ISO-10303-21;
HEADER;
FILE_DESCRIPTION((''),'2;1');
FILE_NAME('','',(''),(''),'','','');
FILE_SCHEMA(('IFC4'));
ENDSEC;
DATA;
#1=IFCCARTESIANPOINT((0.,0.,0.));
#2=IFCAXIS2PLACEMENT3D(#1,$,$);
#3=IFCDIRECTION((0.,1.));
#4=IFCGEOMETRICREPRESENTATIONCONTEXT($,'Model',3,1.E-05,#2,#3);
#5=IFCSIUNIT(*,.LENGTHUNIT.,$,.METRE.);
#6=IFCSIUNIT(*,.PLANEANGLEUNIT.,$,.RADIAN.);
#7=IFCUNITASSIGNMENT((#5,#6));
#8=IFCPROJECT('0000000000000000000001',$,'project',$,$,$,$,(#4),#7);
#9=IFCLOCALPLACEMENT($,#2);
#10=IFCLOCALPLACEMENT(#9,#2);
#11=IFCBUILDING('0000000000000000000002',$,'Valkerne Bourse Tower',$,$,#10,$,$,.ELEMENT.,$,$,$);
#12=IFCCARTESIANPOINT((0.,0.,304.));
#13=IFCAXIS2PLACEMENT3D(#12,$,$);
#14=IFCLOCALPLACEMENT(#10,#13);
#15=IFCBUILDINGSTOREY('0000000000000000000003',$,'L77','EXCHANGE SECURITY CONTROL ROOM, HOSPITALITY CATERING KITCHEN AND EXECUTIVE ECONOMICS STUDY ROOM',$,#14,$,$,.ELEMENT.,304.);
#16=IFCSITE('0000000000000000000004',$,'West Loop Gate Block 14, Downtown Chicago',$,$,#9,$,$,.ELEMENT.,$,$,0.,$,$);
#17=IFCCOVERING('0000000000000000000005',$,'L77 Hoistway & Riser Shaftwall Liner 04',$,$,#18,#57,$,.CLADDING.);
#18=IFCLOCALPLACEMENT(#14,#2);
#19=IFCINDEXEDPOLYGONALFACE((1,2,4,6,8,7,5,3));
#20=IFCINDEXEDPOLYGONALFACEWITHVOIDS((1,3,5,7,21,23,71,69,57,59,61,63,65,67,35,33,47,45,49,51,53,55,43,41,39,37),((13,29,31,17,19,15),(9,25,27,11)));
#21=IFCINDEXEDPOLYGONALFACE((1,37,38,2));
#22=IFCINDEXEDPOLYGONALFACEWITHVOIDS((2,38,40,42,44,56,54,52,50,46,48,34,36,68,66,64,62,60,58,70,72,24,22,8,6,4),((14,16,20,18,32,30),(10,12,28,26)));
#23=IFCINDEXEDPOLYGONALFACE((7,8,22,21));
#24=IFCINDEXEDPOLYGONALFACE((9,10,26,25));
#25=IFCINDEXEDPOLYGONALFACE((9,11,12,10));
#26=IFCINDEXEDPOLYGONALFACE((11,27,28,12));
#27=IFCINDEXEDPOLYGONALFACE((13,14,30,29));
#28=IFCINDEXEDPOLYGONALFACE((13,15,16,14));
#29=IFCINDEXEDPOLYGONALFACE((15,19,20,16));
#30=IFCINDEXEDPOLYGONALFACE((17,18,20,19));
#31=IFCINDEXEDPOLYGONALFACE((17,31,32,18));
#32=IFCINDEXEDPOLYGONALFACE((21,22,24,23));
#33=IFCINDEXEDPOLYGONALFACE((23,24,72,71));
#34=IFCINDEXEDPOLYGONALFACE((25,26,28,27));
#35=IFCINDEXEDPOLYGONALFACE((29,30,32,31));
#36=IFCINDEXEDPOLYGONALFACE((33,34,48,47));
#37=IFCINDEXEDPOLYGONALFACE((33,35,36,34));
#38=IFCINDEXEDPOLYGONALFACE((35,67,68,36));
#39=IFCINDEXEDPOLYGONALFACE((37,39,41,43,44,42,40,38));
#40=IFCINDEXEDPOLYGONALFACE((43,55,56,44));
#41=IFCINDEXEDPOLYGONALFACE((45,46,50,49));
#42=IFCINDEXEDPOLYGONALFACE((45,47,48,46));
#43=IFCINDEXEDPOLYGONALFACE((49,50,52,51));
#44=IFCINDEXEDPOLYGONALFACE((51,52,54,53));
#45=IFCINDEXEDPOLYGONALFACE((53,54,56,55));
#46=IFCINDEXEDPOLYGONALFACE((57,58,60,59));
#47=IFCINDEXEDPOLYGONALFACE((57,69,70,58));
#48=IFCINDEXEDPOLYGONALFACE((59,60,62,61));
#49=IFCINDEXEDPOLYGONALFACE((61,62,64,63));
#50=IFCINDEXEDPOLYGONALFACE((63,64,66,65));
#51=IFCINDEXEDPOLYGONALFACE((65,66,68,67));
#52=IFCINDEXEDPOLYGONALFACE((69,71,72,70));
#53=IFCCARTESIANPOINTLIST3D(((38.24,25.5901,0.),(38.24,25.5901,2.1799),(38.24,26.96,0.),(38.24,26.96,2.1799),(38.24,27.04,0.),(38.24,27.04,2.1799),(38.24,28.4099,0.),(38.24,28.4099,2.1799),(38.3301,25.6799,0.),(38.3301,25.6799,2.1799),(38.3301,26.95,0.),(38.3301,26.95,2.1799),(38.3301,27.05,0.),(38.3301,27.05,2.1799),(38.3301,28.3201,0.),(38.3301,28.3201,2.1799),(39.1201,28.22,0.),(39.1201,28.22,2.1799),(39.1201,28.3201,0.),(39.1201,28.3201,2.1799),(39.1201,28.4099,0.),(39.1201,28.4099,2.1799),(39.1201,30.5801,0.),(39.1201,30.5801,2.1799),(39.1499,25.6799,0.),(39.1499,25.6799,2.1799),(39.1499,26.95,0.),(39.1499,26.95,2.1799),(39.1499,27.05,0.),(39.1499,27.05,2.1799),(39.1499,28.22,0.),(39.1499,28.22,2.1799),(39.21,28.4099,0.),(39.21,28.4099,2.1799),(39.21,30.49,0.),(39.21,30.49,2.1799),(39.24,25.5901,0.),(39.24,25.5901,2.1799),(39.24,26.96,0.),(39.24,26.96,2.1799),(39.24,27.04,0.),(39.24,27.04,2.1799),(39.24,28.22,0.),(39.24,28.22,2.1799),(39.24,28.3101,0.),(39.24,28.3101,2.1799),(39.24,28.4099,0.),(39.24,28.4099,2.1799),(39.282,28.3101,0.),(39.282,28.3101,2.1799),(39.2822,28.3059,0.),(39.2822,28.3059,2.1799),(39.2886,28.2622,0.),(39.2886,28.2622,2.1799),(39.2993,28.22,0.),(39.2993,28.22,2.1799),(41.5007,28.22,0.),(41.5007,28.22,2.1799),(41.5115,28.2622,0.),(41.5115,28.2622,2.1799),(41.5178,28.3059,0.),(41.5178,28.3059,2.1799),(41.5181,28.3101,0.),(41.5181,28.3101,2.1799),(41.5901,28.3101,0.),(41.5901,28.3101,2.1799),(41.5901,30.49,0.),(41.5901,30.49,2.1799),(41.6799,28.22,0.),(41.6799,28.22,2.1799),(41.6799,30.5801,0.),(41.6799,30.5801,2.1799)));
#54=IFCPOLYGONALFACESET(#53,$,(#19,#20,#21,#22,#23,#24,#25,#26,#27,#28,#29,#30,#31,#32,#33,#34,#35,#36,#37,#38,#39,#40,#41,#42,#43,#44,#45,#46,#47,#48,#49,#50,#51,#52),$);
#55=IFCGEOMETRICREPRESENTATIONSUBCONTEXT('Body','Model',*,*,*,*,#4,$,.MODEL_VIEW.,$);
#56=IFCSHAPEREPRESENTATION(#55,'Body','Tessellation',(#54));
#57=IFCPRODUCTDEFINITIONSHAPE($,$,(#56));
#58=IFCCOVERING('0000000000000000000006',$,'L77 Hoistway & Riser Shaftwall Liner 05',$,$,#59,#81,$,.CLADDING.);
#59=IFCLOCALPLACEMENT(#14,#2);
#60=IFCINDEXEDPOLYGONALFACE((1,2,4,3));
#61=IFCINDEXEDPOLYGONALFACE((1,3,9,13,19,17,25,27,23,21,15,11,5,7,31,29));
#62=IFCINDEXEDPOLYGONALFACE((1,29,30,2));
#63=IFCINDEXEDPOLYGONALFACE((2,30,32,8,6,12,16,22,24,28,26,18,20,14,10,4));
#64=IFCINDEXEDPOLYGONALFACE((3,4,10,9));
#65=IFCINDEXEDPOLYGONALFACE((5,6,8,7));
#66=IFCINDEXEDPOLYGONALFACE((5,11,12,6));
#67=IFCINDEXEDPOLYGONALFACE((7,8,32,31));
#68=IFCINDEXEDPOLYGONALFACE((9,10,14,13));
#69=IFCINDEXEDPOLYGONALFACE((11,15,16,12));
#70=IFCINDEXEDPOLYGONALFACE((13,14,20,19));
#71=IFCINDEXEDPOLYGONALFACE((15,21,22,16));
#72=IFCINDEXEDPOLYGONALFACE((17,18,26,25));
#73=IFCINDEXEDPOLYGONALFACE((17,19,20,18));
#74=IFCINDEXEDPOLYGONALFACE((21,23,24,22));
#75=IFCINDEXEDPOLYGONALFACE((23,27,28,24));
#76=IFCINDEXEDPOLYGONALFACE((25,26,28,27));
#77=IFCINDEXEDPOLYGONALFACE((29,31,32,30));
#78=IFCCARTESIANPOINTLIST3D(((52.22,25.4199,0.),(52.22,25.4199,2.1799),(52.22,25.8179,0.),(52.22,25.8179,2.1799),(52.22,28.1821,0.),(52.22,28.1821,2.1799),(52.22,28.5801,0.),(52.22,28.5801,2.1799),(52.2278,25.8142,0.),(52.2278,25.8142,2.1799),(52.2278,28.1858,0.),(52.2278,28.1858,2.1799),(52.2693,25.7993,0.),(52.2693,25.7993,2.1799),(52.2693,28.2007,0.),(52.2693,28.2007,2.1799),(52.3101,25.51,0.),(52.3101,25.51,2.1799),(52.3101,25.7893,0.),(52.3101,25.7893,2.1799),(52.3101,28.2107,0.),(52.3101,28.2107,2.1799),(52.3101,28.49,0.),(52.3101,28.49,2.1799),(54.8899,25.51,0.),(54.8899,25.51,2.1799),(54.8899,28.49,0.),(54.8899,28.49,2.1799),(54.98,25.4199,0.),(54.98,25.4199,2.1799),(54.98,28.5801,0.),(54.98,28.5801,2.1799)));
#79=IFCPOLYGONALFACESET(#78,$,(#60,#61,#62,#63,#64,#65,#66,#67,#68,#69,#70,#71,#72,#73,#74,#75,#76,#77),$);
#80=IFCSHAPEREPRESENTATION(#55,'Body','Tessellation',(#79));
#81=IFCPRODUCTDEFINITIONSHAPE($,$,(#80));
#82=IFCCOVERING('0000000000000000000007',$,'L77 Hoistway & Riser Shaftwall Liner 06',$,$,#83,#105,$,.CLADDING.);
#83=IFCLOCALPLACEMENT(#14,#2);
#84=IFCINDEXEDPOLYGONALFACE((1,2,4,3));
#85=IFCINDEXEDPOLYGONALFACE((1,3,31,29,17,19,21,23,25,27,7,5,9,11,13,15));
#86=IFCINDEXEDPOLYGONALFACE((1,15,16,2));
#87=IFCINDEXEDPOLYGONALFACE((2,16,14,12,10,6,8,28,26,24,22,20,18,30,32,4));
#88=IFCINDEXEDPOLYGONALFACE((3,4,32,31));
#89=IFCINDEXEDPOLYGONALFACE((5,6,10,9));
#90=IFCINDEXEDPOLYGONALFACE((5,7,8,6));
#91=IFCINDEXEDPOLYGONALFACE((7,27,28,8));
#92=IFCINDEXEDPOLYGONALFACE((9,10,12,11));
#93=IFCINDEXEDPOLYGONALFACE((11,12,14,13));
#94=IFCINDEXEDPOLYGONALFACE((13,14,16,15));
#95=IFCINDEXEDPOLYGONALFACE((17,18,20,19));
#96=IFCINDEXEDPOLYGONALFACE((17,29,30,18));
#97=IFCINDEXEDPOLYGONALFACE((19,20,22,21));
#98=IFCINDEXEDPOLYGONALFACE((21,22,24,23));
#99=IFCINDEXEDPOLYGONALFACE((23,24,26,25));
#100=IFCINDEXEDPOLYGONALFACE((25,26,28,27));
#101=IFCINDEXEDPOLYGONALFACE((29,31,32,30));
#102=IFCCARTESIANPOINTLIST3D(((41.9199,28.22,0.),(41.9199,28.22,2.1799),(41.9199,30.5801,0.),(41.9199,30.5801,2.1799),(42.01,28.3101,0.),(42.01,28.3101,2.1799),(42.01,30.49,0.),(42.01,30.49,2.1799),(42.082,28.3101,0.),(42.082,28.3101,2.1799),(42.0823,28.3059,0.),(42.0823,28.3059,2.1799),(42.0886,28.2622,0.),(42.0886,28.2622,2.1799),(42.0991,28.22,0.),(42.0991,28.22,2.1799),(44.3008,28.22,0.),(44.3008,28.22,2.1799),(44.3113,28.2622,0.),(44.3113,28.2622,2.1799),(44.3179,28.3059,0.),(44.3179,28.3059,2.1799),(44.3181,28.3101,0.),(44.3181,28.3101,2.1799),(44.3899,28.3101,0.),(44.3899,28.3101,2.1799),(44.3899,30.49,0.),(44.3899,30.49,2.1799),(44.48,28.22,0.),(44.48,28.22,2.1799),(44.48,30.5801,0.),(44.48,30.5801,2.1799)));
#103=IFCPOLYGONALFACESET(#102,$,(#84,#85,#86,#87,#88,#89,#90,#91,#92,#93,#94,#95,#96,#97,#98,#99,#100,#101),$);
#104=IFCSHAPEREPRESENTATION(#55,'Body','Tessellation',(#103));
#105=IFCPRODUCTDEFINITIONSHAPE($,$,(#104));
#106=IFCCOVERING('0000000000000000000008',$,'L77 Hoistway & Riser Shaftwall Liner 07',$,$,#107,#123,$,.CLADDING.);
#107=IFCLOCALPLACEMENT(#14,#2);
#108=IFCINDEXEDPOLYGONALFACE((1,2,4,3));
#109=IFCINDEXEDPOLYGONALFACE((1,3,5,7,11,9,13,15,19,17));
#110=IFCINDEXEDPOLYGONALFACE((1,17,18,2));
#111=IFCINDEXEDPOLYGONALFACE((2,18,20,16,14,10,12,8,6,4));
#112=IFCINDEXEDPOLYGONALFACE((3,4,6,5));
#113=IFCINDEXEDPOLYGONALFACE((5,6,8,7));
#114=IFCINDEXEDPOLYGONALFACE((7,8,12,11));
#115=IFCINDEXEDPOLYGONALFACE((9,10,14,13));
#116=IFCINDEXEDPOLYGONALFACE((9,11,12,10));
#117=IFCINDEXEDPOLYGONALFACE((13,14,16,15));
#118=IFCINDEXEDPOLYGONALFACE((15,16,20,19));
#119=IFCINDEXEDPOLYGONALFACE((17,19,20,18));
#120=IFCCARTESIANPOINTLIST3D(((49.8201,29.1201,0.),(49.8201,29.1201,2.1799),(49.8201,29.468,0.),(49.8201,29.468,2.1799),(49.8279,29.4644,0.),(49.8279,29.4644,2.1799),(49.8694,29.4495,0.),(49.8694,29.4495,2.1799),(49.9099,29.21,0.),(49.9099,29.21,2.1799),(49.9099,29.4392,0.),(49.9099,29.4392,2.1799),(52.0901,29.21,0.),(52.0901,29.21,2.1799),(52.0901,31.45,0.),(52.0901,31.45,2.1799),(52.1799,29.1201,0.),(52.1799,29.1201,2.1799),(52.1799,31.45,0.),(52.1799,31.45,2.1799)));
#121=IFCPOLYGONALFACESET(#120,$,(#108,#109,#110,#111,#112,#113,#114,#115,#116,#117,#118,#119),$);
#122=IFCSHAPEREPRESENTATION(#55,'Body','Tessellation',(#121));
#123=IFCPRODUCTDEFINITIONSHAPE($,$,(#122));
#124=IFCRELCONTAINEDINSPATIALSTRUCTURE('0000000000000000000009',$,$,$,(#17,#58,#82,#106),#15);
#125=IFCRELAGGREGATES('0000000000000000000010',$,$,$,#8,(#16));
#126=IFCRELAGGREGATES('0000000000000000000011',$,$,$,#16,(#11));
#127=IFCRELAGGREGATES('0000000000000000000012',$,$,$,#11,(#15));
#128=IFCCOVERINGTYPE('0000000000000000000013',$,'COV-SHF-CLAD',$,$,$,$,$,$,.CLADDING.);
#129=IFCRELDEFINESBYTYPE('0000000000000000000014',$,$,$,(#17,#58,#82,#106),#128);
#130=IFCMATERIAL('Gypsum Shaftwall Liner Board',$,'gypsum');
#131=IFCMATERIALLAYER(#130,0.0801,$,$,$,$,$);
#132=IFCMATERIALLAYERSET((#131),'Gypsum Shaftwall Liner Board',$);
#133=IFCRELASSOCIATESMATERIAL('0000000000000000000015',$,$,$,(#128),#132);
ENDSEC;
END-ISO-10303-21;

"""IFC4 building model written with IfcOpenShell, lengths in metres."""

from ifc_helpers import new_model, si_unit, direction, frame, origin, place, context, subcontext, project, spatial, polyline, outline, extrude, material, layer, layer_set, type_object, element, save


model = new_model("IFC4")

# Units and contexts
model_context = context("Model", 3, precision=1e-05, world=origin(), true_north=direction((0.0, 1.0)))
body_context = subcontext(model_context, "Body", "Model", "MODEL_VIEW")
ifc_project = project(units=[si_unit("LENGTHUNIT", "METRE"), si_unit("PLANEANGLEUNIT", "RADIAN")], contexts=[model_context])

# Site, building, storey
site_placement = place(None, origin())
site = spatial("IfcSite", under=ifc_project, at=site_placement, Name="West Loop Gate Block 14, Downtown Chicago", CompositionType="ELEMENT", RefElevation=0.0)
building_placement = place(site_placement, origin())
building = spatial("IfcBuilding", under=site, at=building_placement, Name="Valkerne Bourse Tower", CompositionType="ELEMENT")
storey_placement = place(building_placement, frame((0.0, 0.0, 304.0)))
storey = spatial("IfcBuildingStorey", under=building, at=storey_placement, Name="L77", Description="EXCHANGE SECURITY CONTROL ROOM, HOSPITALITY CATERING KITCHEN AND EXECUTIVE ECONOMICS STUDY ROOM", CompositionType="ELEMENT", Elevation=304.0)

# Coverings
ifc_material_1 = material(Name="Gypsum Shaftwall Liner Board", Category="gypsum")
ifc_layer_1 = layer(ifc_material_1, 0.0801)
ifc_layer_set_1 = layer_set([ifc_layer_1], Name="Gypsum Shaftwall Liner Board")
covering_type_1 = type_object("IfcCoveringType", Name="COV-SHF-CLAD", PredefinedType="CLADDING", material=ifc_layer_set_1)
covering_1_placement = place(storey_placement, origin())
element("IfcCovering", 1, at=covering_1_placement, inside=storey, type_object=covering_type_1, Name="L77 Hoistway & Riser Shaftwall Liner 04", PredefinedType="CLADDING", context=body_context, shape_type="SweptSolid", body=[
    extrude(outline(polyline([(38.24, 27.04), (38.24, 28.4099), (39.1201, 28.4099), (39.1201, 30.5801), (41.6799, 30.5801), (41.6799, 28.22), (41.5007, 28.22), (41.5115, 28.2622), (41.5178, 28.3059), (41.5181, 28.3101), (41.5901, 28.3101), (41.5901, 30.49), (39.21, 30.49), (39.21, 28.4099), (39.24, 28.4099), (39.24, 28.3101), (39.282, 28.3101), (39.2822, 28.3059), (39.2886, 28.2622), (39.2993, 28.22), (39.24, 28.22), (39.24, 27.04), (39.24, 26.96), (39.24, 25.5901), (38.24, 25.5901), (38.24, 26.96), (38.24, 27.04)]), holes=[polyline([(39.1499, 26.95), (38.3301, 26.95), (38.3301, 25.6799), (39.1499, 25.6799), (39.1499, 26.95)]), polyline([(39.1499, 28.22), (39.1201, 28.22), (39.1201, 28.3201), (38.3301, 28.3201), (38.3301, 27.05), (39.1499, 27.05), (39.1499, 28.22)])]), origin(), (0.0, 0.0, 1.0), 2.1799),
])
covering_2_placement = place(storey_placement, origin())
element("IfcCovering", 2, at=covering_2_placement, inside=storey, type_object=covering_type_1, Name="L77 Hoistway & Riser Shaftwall Liner 05", PredefinedType="CLADDING", context=body_context, shape_type="SweptSolid", body=[
    extrude(outline(polyline([(54.98, 28.5801), (54.98, 25.4199), (52.22, 25.4199), (52.22, 25.8179), (52.2278, 25.8142), (52.2693, 25.7993), (52.3101, 25.7893), (52.3101, 25.51), (54.8899, 25.51), (54.8899, 28.49), (52.3101, 28.49), (52.3101, 28.2107), (52.2693, 28.2007), (52.2278, 28.1858), (52.22, 28.1821), (52.22, 28.5801), (54.98, 28.5801)])), origin(), (0.0, 0.0, 1.0), 2.1799),
])
covering_3_placement = place(storey_placement, origin())
element("IfcCovering", 3, at=covering_3_placement, inside=storey, type_object=covering_type_1, Name="L77 Hoistway & Riser Shaftwall Liner 06", PredefinedType="CLADDING", context=body_context, shape_type="SweptSolid", body=[
    extrude(outline(polyline([(44.48, 28.22), (44.3008, 28.22), (44.3113, 28.2622), (44.3179, 28.3059), (44.3181, 28.3101), (44.3899, 28.3101), (44.3899, 30.49), (42.01, 30.49), (42.01, 28.3101), (42.082, 28.3101), (42.0823, 28.3059), (42.0886, 28.2622), (42.0991, 28.22), (41.9199, 28.22), (41.9199, 30.5801), (44.48, 30.5801), (44.48, 28.22)])), origin(), (0.0, 0.0, 1.0), 2.1799),
])
covering_4_placement = place(storey_placement, origin())
element("IfcCovering", 4, at=covering_4_placement, inside=storey, type_object=covering_type_1, Name="L77 Hoistway & Riser Shaftwall Liner 07", PredefinedType="CLADDING", context=body_context, shape_type="SweptSolid", body=[
    extrude(outline(polyline([(49.8201, 29.1201), (49.8201, 29.468), (49.8279, 29.4644), (49.8694, 29.4495), (49.9099, 29.4392), (49.9099, 29.21), (52.0901, 29.21), (52.0901, 31.45), (52.1799, 31.45), (52.1799, 29.1201), (49.8201, 29.1201)])), origin(), (0.0, 0.0, 1.0), 2.1799),
])

save(model, "model.ifc")
